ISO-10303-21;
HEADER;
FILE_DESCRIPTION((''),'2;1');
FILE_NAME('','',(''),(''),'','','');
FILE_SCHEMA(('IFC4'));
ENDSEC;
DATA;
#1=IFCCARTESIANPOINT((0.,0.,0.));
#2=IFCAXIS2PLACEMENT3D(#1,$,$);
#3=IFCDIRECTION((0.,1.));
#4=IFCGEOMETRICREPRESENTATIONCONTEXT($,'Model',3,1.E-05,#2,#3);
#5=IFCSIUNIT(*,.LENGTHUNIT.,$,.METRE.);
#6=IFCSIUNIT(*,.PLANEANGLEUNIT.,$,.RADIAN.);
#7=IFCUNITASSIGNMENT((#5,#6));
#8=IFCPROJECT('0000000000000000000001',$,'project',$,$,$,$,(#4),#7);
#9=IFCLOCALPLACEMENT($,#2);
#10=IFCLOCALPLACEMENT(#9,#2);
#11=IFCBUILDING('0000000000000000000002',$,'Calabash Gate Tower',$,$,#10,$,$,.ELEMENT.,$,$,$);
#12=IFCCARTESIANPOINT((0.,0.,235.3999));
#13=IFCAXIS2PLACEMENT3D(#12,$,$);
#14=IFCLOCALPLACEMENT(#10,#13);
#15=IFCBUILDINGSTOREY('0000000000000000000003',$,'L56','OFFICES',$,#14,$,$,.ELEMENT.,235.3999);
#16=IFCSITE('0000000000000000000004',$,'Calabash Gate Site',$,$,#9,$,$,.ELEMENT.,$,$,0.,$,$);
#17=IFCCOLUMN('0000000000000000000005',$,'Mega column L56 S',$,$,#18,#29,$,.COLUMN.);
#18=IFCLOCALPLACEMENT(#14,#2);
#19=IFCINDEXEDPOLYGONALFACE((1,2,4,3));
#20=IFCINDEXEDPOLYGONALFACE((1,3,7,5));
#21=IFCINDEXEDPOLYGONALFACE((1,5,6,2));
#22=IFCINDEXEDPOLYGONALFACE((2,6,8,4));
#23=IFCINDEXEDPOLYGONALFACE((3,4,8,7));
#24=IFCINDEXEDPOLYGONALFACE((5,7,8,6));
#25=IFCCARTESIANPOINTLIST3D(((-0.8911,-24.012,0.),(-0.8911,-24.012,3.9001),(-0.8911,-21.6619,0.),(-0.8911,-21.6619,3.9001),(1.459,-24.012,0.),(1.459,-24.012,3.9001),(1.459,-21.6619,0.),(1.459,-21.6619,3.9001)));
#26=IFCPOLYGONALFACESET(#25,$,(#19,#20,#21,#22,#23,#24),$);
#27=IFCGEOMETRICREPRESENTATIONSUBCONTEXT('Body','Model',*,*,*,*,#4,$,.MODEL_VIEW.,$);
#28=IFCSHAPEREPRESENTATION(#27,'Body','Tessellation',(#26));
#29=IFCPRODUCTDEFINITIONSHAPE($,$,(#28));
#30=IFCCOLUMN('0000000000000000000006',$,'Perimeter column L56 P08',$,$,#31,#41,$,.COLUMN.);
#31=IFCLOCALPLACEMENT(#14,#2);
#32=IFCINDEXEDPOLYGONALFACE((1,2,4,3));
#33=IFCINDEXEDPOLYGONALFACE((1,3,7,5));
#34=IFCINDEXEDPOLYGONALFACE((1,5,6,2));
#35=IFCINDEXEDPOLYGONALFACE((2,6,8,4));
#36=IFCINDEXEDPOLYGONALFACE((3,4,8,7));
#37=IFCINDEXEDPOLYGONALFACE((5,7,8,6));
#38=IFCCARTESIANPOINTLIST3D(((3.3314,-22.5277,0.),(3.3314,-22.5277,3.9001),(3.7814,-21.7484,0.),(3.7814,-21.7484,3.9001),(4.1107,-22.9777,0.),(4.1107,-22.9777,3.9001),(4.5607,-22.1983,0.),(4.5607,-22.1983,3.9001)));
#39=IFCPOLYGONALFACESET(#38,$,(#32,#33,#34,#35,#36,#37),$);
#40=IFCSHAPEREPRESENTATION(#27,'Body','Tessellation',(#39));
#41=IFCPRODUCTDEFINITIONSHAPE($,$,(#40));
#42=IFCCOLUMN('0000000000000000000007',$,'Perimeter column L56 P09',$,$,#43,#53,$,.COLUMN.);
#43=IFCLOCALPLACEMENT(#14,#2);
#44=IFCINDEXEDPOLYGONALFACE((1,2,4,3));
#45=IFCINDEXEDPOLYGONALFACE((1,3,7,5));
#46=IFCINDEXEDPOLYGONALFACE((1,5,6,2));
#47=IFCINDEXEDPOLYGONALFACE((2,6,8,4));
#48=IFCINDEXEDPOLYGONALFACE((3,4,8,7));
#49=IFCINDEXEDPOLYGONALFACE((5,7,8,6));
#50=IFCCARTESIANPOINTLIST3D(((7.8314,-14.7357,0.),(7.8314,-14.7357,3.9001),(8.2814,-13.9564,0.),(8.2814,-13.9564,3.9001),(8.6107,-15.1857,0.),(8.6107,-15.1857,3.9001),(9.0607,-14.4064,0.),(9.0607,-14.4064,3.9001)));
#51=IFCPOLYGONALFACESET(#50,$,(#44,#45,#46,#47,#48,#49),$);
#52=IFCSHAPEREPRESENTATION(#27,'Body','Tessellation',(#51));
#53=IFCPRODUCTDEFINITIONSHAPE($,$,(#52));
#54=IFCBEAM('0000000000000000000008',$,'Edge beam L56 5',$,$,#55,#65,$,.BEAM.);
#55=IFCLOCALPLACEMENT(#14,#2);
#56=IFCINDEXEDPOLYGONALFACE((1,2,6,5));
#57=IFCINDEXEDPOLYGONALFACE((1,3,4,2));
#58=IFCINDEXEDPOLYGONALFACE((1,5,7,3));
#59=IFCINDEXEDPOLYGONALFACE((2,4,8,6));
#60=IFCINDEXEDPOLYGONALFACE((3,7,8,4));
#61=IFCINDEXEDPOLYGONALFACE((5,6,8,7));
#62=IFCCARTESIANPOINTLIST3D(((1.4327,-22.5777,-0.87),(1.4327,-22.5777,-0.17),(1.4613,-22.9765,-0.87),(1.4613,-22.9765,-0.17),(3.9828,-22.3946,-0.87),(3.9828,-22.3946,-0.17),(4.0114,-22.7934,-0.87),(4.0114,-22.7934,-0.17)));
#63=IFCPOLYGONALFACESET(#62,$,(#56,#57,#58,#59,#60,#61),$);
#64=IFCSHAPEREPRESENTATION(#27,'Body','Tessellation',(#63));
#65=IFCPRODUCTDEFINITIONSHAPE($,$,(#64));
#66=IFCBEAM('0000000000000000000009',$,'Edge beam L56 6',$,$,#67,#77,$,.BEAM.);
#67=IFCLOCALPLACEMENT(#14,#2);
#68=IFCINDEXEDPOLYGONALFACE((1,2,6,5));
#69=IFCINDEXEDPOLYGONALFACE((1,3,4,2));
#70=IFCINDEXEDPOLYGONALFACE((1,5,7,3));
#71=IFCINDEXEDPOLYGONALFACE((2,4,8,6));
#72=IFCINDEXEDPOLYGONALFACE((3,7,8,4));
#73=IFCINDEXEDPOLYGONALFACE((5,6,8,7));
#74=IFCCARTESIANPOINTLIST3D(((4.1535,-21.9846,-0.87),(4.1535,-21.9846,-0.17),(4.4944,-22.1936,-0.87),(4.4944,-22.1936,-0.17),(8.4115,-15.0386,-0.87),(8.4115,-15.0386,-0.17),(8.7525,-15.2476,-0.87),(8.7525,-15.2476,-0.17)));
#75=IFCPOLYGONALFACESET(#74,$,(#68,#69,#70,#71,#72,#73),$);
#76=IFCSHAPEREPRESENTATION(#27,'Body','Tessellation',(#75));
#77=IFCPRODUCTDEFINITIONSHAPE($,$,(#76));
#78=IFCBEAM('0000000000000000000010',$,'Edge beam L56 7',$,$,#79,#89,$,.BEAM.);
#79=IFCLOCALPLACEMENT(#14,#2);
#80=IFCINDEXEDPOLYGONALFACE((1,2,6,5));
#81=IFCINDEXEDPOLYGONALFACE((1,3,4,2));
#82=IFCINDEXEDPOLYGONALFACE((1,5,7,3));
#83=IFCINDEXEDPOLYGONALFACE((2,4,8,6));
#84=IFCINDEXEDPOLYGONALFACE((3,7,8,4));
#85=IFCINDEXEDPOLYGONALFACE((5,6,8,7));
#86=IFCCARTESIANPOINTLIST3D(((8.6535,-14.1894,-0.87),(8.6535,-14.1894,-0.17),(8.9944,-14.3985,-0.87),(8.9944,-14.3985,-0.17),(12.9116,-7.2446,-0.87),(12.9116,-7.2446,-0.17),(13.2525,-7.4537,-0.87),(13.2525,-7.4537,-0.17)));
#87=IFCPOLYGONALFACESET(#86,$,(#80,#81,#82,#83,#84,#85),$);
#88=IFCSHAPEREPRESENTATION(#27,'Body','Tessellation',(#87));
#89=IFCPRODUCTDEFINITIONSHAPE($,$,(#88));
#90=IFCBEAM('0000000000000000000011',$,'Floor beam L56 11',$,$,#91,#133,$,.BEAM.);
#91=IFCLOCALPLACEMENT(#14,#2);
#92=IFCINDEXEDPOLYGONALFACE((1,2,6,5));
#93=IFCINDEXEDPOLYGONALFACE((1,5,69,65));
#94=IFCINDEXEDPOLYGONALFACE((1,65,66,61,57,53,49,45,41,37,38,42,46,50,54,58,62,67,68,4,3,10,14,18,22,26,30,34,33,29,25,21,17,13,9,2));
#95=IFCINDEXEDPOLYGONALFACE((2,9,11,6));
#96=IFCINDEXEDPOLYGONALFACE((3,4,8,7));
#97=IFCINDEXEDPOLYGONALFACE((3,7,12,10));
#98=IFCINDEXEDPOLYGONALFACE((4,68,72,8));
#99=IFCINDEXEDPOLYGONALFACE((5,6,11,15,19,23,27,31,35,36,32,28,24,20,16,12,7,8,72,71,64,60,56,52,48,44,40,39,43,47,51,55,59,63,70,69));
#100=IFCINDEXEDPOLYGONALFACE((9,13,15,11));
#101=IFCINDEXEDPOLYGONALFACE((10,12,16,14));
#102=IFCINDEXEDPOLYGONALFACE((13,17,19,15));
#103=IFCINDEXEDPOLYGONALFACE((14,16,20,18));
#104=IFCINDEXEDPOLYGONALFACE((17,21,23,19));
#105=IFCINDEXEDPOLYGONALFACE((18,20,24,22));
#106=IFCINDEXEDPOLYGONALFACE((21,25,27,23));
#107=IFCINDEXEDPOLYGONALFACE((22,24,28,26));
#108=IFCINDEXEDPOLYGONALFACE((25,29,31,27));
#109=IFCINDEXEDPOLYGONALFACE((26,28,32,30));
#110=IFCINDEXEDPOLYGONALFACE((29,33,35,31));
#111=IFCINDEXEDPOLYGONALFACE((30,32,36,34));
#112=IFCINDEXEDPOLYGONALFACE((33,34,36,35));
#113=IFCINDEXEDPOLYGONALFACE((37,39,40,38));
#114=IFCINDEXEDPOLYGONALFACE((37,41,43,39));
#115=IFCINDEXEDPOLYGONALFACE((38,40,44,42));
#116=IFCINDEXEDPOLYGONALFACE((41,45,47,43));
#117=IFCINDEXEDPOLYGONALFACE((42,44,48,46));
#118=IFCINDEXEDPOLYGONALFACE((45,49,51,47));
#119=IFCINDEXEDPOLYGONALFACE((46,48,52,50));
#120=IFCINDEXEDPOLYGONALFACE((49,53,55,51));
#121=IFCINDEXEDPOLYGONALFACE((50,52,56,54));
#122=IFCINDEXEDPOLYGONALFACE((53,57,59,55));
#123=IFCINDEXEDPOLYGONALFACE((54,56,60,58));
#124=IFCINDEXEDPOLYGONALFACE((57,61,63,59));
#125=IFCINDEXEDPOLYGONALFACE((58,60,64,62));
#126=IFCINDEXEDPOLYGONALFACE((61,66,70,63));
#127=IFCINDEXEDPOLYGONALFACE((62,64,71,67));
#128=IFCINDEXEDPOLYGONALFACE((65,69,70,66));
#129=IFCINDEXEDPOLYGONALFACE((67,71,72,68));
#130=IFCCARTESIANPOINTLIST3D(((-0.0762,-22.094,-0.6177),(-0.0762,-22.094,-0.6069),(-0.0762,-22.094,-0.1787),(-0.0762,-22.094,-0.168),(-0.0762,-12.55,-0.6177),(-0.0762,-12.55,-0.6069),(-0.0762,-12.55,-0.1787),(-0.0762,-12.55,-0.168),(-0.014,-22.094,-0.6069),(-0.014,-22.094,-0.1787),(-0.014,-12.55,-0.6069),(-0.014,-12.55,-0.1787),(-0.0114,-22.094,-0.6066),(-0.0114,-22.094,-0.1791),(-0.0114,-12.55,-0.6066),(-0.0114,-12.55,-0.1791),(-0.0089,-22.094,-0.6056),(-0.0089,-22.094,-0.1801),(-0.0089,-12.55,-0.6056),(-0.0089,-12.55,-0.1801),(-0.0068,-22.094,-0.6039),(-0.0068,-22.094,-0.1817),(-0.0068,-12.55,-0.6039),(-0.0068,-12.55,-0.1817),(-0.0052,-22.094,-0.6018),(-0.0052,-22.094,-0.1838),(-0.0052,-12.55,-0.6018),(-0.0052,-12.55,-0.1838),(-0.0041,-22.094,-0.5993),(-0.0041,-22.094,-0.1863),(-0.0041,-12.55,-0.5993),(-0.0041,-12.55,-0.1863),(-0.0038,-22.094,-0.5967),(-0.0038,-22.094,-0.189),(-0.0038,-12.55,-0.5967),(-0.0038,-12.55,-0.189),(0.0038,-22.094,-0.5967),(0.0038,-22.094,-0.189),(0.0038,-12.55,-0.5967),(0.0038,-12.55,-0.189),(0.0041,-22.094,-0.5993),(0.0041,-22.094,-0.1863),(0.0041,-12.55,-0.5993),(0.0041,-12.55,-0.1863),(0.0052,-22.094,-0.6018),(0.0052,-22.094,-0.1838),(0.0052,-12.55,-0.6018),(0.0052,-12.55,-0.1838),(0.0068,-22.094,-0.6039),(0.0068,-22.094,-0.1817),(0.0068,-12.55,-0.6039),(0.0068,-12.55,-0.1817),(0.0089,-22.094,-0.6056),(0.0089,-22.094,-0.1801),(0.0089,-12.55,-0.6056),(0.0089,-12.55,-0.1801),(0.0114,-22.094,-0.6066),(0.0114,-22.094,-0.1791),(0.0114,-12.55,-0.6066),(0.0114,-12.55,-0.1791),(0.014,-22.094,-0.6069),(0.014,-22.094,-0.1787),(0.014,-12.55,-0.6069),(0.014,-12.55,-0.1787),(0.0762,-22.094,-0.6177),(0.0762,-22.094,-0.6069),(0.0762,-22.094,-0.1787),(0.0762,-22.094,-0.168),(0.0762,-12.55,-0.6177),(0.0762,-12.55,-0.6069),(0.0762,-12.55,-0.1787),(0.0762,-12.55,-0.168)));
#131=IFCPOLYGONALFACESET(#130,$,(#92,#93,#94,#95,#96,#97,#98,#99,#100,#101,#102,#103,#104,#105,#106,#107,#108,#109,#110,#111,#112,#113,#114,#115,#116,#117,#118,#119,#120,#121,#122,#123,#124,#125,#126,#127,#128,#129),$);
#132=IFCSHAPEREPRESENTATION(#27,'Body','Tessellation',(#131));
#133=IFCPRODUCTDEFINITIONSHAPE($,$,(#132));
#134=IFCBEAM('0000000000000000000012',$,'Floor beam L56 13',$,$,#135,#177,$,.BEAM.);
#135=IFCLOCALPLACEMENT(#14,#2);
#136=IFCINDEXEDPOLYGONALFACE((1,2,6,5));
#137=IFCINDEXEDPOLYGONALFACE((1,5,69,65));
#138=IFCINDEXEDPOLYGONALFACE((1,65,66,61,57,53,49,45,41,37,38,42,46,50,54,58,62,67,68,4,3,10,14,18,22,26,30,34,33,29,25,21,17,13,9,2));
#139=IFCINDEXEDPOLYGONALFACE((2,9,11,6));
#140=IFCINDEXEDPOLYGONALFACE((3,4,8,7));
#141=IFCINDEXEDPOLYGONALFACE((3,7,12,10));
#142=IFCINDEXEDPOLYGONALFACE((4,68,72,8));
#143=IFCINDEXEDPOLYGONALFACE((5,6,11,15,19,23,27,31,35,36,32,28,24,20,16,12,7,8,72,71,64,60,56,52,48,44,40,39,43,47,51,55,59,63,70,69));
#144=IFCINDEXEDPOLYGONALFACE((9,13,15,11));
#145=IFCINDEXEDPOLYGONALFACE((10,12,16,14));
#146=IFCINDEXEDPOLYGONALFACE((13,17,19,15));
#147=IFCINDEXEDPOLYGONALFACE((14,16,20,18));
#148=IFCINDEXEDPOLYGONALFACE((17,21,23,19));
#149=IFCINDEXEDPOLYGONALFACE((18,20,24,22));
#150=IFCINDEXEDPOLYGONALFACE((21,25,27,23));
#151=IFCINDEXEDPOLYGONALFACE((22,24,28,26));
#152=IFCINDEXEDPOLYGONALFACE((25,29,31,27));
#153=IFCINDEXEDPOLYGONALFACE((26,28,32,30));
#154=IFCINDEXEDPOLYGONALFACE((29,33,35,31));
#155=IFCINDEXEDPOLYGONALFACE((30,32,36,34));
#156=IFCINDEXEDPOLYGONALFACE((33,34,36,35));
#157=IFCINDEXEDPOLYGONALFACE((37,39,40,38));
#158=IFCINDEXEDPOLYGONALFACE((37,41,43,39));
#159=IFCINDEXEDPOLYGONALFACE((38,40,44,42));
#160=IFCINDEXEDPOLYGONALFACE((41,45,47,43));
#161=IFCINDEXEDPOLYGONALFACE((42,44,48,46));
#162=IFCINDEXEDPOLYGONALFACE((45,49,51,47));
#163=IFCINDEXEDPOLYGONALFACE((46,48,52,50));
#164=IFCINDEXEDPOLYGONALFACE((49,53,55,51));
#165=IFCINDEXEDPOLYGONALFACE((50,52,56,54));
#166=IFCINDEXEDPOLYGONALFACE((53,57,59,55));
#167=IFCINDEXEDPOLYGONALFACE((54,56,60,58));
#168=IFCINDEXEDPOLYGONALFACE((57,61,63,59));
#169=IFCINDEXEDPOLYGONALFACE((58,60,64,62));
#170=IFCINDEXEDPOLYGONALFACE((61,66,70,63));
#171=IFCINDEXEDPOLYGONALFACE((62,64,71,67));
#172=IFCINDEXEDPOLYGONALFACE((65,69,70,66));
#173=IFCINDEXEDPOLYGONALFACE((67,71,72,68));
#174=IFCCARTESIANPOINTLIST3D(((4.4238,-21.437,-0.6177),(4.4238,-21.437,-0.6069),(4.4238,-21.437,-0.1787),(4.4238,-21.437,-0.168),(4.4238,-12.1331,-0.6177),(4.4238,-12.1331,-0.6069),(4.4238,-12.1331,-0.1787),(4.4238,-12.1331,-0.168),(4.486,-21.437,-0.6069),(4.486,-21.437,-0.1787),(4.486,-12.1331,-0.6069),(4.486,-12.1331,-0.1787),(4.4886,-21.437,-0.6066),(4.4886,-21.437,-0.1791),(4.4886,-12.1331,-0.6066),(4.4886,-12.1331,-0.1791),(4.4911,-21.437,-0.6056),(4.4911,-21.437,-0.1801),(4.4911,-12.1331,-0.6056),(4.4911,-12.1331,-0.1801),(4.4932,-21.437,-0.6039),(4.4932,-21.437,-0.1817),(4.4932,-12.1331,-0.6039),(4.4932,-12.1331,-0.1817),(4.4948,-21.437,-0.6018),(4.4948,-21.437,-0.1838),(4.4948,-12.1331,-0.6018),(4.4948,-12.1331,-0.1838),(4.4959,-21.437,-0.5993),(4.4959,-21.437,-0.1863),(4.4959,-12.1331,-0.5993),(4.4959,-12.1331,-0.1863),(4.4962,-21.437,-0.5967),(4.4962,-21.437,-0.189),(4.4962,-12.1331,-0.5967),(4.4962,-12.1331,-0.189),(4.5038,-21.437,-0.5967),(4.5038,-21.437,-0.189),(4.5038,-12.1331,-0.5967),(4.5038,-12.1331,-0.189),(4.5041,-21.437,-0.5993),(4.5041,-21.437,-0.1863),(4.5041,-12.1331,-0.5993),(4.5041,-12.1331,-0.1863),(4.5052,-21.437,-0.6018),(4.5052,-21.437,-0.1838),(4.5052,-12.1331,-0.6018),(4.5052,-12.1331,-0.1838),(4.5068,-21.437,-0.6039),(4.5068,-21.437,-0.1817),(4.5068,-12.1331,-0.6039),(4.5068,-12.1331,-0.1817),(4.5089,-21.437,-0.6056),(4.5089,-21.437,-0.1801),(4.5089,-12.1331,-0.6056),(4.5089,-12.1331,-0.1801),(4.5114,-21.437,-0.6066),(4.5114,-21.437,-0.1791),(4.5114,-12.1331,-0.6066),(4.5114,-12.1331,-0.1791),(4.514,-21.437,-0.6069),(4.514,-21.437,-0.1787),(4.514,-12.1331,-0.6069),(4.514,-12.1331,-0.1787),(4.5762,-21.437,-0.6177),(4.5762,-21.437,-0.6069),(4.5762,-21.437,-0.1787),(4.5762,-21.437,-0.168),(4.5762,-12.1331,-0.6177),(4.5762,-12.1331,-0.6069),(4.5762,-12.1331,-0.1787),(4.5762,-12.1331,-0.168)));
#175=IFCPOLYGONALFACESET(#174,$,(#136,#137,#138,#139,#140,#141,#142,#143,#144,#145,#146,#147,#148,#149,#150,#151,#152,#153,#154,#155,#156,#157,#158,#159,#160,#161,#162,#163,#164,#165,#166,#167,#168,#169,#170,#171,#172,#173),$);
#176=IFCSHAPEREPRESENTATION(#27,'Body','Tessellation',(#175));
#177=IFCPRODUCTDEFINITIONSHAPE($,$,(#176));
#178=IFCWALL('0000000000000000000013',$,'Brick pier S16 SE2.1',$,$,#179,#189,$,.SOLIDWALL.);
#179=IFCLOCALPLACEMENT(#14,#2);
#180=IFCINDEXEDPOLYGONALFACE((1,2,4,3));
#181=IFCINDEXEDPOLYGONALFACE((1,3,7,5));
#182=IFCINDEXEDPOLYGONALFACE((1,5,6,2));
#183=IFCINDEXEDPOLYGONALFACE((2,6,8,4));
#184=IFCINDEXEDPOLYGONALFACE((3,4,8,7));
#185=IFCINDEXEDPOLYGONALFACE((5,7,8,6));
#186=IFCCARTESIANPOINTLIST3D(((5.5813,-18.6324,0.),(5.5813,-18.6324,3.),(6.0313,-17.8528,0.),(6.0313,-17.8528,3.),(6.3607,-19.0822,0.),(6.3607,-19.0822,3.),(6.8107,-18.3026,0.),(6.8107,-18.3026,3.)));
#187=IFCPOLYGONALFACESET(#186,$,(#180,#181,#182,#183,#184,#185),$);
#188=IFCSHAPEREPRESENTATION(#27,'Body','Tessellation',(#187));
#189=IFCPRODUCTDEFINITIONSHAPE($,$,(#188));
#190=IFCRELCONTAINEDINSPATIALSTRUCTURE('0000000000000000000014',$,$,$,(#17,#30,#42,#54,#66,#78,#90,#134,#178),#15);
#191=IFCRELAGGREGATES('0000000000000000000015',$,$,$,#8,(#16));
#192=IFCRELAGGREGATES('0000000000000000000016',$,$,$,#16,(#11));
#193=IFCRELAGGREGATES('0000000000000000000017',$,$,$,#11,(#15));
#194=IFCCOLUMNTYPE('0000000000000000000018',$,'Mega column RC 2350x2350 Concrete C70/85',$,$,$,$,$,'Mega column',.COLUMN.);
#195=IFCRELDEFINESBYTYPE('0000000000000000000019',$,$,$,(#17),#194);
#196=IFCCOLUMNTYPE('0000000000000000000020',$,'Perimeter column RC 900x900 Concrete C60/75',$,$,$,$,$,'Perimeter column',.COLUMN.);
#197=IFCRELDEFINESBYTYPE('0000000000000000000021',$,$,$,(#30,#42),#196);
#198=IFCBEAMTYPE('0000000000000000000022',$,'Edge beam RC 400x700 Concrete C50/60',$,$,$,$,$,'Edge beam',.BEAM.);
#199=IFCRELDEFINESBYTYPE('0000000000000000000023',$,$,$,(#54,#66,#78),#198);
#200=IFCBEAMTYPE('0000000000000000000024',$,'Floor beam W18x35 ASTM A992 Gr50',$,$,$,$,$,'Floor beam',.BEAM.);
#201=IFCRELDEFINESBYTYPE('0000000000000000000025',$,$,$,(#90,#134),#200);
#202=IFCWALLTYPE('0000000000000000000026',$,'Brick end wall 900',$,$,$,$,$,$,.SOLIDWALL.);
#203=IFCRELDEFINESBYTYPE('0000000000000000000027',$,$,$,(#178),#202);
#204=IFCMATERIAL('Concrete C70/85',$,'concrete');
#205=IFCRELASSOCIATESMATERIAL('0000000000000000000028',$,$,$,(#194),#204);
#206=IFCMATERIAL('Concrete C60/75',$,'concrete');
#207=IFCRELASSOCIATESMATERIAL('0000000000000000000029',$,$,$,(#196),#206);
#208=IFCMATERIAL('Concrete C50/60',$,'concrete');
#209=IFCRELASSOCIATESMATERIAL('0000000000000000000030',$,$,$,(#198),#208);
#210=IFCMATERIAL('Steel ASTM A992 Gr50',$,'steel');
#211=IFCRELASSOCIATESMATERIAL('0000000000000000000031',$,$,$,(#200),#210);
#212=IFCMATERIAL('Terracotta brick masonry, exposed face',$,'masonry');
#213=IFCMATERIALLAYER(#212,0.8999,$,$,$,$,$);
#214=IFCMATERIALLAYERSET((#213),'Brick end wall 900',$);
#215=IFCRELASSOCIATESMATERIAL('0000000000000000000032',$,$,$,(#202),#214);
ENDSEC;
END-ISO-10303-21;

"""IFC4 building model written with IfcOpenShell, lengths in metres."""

from ifc_helpers import new_model, si_unit, direction, frame, frame_2d, origin, origin_2d, place, context, subcontext, project, spatial, rectangle, i_section, extrude, material, layer, layer_set, material_profile, profile_set, type_object, element, save


model = new_model("IFC4")

# Units and contexts
model_context = context("Model", 3, precision=1e-05, world=origin(), true_north=direction((0.0, 1.0)))
body_context = subcontext(model_context, "Body", "Model", "MODEL_VIEW")
ifc_project = project(units=[si_unit("LENGTHUNIT", "METRE"), si_unit("PLANEANGLEUNIT", "RADIAN")], contexts=[model_context])

# Site, building, storey
site_placement = place(None, origin())
site = spatial("IfcSite", under=ifc_project, at=site_placement, Name="Calabash Gate Site", CompositionType="ELEMENT", RefElevation=0.0)
building_placement = place(site_placement, origin())
building = spatial("IfcBuilding", under=site, at=building_placement, Name="Calabash Gate Tower", CompositionType="ELEMENT")
storey_placement = place(building_placement, frame((0.0, 0.0, 235.3999)))
storey = spatial("IfcBuildingStorey", under=building, at=storey_placement, Name="L56", Description="OFFICES", CompositionType="ELEMENT", Elevation=235.3999)

# Columns
ifc_material_1 = material(Name="Concrete C70/85", Category="concrete")
ifc_material_profile_1 = material_profile(ifc_material_1, rectangle(XDim=2.3501, YDim=2.3501, at=origin_2d()))
ifc_profile_set_1 = profile_set([ifc_material_profile_1], Name="Concrete C70/85")
column_type_1 = type_object("IfcColumnType", Name="Mega column RC 2350x2350 Concrete C70/85", ElementType="Mega column", PredefinedType="COLUMN", material=ifc_profile_set_1)
column_placement = place(storey_placement, frame((0.2839, -22.8369, 0.0), z_axis=(0.0, 0.0, 1.0), x_axis=(0.0, 1.0, 0.0)))
element("IfcColumn", 1, at=column_placement, inside=storey, type_object=column_type_1, Name="Mega column L56 S", PredefinedType="COLUMN", context=body_context, shape_type="SweptSolid", body=[
    extrude(rectangle(XDim=2.3501, YDim=2.3501, at=origin_2d()), origin(), (0.0, 0.0, 1.0), 3.9001),
])
ifc_material_2 = material(Name="Concrete C60/75", Category="concrete")
ifc_material_profile_2 = material_profile(ifc_material_2, rectangle(XDim=0.8999, YDim=0.8999, at=origin_2d()))
ifc_profile_set_2 = profile_set([ifc_material_profile_2], Name="Concrete C60/75")
column_type_2 = type_object("IfcColumnType", Name="Perimeter column RC 900x900 Concrete C60/75", ElementType="Perimeter column", PredefinedType="COLUMN", material=ifc_profile_set_2)
for number, where, z_axis, x_axis, name in (
    (2, (3.946, -22.363, 0.0), (0.0, 0.0, 1.0), (0.5, 0.866025, 0.0), "Perimeter column L56 P08"),
    (3, (8.446, -14.571, 0.0), (0.0, 0.0, 1.0), (0.5, 0.866025, 0.0), "Perimeter column L56 P09"),
):
    element("IfcColumn", number, at=place(storey_placement, frame(where, z_axis=z_axis, x_axis=x_axis)), inside=storey, type_object=column_type_2, Name=name, PredefinedType="COLUMN", context=body_context, shape_type="SweptSolid", body=[
        extrude(rectangle(XDim=0.8999, YDim=0.8999, at=origin_2d()), origin(), (0.0, 0.0, 1.0), 3.9001),
    ])

# Beams
ifc_material_3 = material(Name="Concrete C50/60", Category="concrete")
ifc_material_profile_3 = material_profile(ifc_material_3, rectangle(XDim=0.3999, YDim=0.7, at=origin_2d()))
ifc_profile_set_3 = profile_set([ifc_material_profile_3], Name="Concrete C50/60")
beam_type_1 = type_object("IfcBeamType", Name="Edge beam RC 400x700 Concrete C50/60", ElementType="Edge beam", PredefinedType="BEAM", material=ifc_profile_set_3)
beam_1_placement = place(storey_placement, frame((1.447, -22.7771, -0.52), z_axis=(0.997432, 0.07162, 0.0), x_axis=(-0.07162, 0.997432, 0.0)))
element("IfcBeam", 4, at=beam_1_placement, inside=storey, type_object=beam_type_1, Name="Edge beam L56 5", PredefinedType="BEAM", context=body_context, shape_type="SweptSolid", body=[
    extrude(rectangle(XDim=0.3999, YDim=0.7, at=origin_2d()), origin(), (0.0, 0.0, 1.0), 2.5566),
])
beam_2_placement = place(storey_placement, frame((4.324, -22.0891, -0.52), z_axis=(0.522634, 0.852557, 0.0), x_axis=(-0.852557, 0.522634, 0.0)))
element("IfcBeam", 5, at=beam_2_placement, inside=storey, type_object=beam_type_1, Name="Edge beam L56 6", PredefinedType="BEAM", context=body_context, shape_type="SweptSolid", body=[
    extrude(rectangle(XDim=0.3999, YDim=0.7, at=origin_2d()), origin(), (0.0, 0.0, 1.0), 8.1472),
])
beam_3_placement = place(storey_placement, frame((8.824, -14.2939, -0.52), z_axis=(0.5227, 0.852516, 0.0), x_axis=(-0.852516, 0.5227, 0.0)))
element("IfcBeam", 6, at=beam_3_placement, inside=storey, type_object=beam_type_1, Name="Edge beam L56 7", PredefinedType="BEAM", context=body_context, shape_type="SweptSolid", body=[
    extrude(rectangle(XDim=0.3999, YDim=0.7, at=origin_2d()), origin(), (0.0, 0.0, 1.0), 8.1462),
])
ifc_material_4 = material(Name="Steel ASTM A992 Gr50", Category="steel")
ifc_material_profile_4 = material_profile(ifc_material_4, i_section(OverallWidth=0.1523, OverallDepth=0.4497, WebThickness=0.0076, FlangeThickness=0.0107, FilletRadius=0.0103, at=origin_2d()))
ifc_profile_set_4 = profile_set([ifc_material_profile_4], Name="Steel ASTM A992 Gr50")
beam_type_2 = type_object("IfcBeamType", Name="Floor beam W18x35 ASTM A992 Gr50", ElementType="Floor beam", PredefinedType="BEAM", material=ifc_profile_set_4)
beam_4_placement = place(storey_placement, frame((0.0, -22.094, -0.3928), z_axis=(0.0, 1.0, 0.0), x_axis=(-1.0, 0.0, 0.0)))
element("IfcBeam", 7, at=beam_4_placement, inside=storey, type_object=beam_type_2, Name="Floor beam L56 11", PredefinedType="BEAM", context=body_context, shape_type="SweptSolid", body=[
    extrude(i_section(OverallWidth=0.1523, OverallDepth=0.4497, WebThickness=0.0076, FlangeThickness=0.0107, FilletRadius=0.0103, at=origin_2d()), origin(), (0.0, 0.0, 1.0), 9.5439),
])
beam_5_placement = place(storey_placement, frame((4.5, -21.437, -0.3928), z_axis=(0.0, 1.0, 0.0), x_axis=(-1.0, 0.0, 0.0)))
element("IfcBeam", 8, at=beam_5_placement, inside=storey, type_object=beam_type_2, Name="Floor beam L56 13", PredefinedType="BEAM", context=body_context, shape_type="SweptSolid", body=[
    extrude(i_section(OverallWidth=0.1523, OverallDepth=0.4497, WebThickness=0.0076, FlangeThickness=0.0107, FilletRadius=0.0103, at=origin_2d()), origin(), (0.0, 0.0, 1.0), 9.304),
])

# Wall
ifc_material_5 = material(Name="Terracotta brick masonry, exposed face", Category="masonry")
ifc_layer_1 = layer(ifc_material_5, 0.8999)
ifc_layer_set_1 = layer_set([ifc_layer_1], Name="Brick end wall 900")
wall_type_1 = type_object("IfcWallType", Name="Brick end wall 900", PredefinedType="SOLIDWALL", material=ifc_layer_set_1)
wall_1_placement = place(storey_placement, frame((5.9709, -18.8574, 0.0), z_axis=(0.0, 0.0, 1.0), x_axis=(0.499902, 0.866082, 0.0)))
element("IfcWall", 9, at=wall_1_placement, inside=storey, type_object=wall_type_1, Name="Brick pier S16 SE2.1", PredefinedType="SOLIDWALL", context=body_context, shape_type="SweptSolid", body=[
    extrude(rectangle(XDim=0.9001, YDim=0.8999, at=frame_2d((0.4502, 0.0))), origin(), (0.0, 0.0, 1.0), 3.0),
])

save(model, "model.ifc")
